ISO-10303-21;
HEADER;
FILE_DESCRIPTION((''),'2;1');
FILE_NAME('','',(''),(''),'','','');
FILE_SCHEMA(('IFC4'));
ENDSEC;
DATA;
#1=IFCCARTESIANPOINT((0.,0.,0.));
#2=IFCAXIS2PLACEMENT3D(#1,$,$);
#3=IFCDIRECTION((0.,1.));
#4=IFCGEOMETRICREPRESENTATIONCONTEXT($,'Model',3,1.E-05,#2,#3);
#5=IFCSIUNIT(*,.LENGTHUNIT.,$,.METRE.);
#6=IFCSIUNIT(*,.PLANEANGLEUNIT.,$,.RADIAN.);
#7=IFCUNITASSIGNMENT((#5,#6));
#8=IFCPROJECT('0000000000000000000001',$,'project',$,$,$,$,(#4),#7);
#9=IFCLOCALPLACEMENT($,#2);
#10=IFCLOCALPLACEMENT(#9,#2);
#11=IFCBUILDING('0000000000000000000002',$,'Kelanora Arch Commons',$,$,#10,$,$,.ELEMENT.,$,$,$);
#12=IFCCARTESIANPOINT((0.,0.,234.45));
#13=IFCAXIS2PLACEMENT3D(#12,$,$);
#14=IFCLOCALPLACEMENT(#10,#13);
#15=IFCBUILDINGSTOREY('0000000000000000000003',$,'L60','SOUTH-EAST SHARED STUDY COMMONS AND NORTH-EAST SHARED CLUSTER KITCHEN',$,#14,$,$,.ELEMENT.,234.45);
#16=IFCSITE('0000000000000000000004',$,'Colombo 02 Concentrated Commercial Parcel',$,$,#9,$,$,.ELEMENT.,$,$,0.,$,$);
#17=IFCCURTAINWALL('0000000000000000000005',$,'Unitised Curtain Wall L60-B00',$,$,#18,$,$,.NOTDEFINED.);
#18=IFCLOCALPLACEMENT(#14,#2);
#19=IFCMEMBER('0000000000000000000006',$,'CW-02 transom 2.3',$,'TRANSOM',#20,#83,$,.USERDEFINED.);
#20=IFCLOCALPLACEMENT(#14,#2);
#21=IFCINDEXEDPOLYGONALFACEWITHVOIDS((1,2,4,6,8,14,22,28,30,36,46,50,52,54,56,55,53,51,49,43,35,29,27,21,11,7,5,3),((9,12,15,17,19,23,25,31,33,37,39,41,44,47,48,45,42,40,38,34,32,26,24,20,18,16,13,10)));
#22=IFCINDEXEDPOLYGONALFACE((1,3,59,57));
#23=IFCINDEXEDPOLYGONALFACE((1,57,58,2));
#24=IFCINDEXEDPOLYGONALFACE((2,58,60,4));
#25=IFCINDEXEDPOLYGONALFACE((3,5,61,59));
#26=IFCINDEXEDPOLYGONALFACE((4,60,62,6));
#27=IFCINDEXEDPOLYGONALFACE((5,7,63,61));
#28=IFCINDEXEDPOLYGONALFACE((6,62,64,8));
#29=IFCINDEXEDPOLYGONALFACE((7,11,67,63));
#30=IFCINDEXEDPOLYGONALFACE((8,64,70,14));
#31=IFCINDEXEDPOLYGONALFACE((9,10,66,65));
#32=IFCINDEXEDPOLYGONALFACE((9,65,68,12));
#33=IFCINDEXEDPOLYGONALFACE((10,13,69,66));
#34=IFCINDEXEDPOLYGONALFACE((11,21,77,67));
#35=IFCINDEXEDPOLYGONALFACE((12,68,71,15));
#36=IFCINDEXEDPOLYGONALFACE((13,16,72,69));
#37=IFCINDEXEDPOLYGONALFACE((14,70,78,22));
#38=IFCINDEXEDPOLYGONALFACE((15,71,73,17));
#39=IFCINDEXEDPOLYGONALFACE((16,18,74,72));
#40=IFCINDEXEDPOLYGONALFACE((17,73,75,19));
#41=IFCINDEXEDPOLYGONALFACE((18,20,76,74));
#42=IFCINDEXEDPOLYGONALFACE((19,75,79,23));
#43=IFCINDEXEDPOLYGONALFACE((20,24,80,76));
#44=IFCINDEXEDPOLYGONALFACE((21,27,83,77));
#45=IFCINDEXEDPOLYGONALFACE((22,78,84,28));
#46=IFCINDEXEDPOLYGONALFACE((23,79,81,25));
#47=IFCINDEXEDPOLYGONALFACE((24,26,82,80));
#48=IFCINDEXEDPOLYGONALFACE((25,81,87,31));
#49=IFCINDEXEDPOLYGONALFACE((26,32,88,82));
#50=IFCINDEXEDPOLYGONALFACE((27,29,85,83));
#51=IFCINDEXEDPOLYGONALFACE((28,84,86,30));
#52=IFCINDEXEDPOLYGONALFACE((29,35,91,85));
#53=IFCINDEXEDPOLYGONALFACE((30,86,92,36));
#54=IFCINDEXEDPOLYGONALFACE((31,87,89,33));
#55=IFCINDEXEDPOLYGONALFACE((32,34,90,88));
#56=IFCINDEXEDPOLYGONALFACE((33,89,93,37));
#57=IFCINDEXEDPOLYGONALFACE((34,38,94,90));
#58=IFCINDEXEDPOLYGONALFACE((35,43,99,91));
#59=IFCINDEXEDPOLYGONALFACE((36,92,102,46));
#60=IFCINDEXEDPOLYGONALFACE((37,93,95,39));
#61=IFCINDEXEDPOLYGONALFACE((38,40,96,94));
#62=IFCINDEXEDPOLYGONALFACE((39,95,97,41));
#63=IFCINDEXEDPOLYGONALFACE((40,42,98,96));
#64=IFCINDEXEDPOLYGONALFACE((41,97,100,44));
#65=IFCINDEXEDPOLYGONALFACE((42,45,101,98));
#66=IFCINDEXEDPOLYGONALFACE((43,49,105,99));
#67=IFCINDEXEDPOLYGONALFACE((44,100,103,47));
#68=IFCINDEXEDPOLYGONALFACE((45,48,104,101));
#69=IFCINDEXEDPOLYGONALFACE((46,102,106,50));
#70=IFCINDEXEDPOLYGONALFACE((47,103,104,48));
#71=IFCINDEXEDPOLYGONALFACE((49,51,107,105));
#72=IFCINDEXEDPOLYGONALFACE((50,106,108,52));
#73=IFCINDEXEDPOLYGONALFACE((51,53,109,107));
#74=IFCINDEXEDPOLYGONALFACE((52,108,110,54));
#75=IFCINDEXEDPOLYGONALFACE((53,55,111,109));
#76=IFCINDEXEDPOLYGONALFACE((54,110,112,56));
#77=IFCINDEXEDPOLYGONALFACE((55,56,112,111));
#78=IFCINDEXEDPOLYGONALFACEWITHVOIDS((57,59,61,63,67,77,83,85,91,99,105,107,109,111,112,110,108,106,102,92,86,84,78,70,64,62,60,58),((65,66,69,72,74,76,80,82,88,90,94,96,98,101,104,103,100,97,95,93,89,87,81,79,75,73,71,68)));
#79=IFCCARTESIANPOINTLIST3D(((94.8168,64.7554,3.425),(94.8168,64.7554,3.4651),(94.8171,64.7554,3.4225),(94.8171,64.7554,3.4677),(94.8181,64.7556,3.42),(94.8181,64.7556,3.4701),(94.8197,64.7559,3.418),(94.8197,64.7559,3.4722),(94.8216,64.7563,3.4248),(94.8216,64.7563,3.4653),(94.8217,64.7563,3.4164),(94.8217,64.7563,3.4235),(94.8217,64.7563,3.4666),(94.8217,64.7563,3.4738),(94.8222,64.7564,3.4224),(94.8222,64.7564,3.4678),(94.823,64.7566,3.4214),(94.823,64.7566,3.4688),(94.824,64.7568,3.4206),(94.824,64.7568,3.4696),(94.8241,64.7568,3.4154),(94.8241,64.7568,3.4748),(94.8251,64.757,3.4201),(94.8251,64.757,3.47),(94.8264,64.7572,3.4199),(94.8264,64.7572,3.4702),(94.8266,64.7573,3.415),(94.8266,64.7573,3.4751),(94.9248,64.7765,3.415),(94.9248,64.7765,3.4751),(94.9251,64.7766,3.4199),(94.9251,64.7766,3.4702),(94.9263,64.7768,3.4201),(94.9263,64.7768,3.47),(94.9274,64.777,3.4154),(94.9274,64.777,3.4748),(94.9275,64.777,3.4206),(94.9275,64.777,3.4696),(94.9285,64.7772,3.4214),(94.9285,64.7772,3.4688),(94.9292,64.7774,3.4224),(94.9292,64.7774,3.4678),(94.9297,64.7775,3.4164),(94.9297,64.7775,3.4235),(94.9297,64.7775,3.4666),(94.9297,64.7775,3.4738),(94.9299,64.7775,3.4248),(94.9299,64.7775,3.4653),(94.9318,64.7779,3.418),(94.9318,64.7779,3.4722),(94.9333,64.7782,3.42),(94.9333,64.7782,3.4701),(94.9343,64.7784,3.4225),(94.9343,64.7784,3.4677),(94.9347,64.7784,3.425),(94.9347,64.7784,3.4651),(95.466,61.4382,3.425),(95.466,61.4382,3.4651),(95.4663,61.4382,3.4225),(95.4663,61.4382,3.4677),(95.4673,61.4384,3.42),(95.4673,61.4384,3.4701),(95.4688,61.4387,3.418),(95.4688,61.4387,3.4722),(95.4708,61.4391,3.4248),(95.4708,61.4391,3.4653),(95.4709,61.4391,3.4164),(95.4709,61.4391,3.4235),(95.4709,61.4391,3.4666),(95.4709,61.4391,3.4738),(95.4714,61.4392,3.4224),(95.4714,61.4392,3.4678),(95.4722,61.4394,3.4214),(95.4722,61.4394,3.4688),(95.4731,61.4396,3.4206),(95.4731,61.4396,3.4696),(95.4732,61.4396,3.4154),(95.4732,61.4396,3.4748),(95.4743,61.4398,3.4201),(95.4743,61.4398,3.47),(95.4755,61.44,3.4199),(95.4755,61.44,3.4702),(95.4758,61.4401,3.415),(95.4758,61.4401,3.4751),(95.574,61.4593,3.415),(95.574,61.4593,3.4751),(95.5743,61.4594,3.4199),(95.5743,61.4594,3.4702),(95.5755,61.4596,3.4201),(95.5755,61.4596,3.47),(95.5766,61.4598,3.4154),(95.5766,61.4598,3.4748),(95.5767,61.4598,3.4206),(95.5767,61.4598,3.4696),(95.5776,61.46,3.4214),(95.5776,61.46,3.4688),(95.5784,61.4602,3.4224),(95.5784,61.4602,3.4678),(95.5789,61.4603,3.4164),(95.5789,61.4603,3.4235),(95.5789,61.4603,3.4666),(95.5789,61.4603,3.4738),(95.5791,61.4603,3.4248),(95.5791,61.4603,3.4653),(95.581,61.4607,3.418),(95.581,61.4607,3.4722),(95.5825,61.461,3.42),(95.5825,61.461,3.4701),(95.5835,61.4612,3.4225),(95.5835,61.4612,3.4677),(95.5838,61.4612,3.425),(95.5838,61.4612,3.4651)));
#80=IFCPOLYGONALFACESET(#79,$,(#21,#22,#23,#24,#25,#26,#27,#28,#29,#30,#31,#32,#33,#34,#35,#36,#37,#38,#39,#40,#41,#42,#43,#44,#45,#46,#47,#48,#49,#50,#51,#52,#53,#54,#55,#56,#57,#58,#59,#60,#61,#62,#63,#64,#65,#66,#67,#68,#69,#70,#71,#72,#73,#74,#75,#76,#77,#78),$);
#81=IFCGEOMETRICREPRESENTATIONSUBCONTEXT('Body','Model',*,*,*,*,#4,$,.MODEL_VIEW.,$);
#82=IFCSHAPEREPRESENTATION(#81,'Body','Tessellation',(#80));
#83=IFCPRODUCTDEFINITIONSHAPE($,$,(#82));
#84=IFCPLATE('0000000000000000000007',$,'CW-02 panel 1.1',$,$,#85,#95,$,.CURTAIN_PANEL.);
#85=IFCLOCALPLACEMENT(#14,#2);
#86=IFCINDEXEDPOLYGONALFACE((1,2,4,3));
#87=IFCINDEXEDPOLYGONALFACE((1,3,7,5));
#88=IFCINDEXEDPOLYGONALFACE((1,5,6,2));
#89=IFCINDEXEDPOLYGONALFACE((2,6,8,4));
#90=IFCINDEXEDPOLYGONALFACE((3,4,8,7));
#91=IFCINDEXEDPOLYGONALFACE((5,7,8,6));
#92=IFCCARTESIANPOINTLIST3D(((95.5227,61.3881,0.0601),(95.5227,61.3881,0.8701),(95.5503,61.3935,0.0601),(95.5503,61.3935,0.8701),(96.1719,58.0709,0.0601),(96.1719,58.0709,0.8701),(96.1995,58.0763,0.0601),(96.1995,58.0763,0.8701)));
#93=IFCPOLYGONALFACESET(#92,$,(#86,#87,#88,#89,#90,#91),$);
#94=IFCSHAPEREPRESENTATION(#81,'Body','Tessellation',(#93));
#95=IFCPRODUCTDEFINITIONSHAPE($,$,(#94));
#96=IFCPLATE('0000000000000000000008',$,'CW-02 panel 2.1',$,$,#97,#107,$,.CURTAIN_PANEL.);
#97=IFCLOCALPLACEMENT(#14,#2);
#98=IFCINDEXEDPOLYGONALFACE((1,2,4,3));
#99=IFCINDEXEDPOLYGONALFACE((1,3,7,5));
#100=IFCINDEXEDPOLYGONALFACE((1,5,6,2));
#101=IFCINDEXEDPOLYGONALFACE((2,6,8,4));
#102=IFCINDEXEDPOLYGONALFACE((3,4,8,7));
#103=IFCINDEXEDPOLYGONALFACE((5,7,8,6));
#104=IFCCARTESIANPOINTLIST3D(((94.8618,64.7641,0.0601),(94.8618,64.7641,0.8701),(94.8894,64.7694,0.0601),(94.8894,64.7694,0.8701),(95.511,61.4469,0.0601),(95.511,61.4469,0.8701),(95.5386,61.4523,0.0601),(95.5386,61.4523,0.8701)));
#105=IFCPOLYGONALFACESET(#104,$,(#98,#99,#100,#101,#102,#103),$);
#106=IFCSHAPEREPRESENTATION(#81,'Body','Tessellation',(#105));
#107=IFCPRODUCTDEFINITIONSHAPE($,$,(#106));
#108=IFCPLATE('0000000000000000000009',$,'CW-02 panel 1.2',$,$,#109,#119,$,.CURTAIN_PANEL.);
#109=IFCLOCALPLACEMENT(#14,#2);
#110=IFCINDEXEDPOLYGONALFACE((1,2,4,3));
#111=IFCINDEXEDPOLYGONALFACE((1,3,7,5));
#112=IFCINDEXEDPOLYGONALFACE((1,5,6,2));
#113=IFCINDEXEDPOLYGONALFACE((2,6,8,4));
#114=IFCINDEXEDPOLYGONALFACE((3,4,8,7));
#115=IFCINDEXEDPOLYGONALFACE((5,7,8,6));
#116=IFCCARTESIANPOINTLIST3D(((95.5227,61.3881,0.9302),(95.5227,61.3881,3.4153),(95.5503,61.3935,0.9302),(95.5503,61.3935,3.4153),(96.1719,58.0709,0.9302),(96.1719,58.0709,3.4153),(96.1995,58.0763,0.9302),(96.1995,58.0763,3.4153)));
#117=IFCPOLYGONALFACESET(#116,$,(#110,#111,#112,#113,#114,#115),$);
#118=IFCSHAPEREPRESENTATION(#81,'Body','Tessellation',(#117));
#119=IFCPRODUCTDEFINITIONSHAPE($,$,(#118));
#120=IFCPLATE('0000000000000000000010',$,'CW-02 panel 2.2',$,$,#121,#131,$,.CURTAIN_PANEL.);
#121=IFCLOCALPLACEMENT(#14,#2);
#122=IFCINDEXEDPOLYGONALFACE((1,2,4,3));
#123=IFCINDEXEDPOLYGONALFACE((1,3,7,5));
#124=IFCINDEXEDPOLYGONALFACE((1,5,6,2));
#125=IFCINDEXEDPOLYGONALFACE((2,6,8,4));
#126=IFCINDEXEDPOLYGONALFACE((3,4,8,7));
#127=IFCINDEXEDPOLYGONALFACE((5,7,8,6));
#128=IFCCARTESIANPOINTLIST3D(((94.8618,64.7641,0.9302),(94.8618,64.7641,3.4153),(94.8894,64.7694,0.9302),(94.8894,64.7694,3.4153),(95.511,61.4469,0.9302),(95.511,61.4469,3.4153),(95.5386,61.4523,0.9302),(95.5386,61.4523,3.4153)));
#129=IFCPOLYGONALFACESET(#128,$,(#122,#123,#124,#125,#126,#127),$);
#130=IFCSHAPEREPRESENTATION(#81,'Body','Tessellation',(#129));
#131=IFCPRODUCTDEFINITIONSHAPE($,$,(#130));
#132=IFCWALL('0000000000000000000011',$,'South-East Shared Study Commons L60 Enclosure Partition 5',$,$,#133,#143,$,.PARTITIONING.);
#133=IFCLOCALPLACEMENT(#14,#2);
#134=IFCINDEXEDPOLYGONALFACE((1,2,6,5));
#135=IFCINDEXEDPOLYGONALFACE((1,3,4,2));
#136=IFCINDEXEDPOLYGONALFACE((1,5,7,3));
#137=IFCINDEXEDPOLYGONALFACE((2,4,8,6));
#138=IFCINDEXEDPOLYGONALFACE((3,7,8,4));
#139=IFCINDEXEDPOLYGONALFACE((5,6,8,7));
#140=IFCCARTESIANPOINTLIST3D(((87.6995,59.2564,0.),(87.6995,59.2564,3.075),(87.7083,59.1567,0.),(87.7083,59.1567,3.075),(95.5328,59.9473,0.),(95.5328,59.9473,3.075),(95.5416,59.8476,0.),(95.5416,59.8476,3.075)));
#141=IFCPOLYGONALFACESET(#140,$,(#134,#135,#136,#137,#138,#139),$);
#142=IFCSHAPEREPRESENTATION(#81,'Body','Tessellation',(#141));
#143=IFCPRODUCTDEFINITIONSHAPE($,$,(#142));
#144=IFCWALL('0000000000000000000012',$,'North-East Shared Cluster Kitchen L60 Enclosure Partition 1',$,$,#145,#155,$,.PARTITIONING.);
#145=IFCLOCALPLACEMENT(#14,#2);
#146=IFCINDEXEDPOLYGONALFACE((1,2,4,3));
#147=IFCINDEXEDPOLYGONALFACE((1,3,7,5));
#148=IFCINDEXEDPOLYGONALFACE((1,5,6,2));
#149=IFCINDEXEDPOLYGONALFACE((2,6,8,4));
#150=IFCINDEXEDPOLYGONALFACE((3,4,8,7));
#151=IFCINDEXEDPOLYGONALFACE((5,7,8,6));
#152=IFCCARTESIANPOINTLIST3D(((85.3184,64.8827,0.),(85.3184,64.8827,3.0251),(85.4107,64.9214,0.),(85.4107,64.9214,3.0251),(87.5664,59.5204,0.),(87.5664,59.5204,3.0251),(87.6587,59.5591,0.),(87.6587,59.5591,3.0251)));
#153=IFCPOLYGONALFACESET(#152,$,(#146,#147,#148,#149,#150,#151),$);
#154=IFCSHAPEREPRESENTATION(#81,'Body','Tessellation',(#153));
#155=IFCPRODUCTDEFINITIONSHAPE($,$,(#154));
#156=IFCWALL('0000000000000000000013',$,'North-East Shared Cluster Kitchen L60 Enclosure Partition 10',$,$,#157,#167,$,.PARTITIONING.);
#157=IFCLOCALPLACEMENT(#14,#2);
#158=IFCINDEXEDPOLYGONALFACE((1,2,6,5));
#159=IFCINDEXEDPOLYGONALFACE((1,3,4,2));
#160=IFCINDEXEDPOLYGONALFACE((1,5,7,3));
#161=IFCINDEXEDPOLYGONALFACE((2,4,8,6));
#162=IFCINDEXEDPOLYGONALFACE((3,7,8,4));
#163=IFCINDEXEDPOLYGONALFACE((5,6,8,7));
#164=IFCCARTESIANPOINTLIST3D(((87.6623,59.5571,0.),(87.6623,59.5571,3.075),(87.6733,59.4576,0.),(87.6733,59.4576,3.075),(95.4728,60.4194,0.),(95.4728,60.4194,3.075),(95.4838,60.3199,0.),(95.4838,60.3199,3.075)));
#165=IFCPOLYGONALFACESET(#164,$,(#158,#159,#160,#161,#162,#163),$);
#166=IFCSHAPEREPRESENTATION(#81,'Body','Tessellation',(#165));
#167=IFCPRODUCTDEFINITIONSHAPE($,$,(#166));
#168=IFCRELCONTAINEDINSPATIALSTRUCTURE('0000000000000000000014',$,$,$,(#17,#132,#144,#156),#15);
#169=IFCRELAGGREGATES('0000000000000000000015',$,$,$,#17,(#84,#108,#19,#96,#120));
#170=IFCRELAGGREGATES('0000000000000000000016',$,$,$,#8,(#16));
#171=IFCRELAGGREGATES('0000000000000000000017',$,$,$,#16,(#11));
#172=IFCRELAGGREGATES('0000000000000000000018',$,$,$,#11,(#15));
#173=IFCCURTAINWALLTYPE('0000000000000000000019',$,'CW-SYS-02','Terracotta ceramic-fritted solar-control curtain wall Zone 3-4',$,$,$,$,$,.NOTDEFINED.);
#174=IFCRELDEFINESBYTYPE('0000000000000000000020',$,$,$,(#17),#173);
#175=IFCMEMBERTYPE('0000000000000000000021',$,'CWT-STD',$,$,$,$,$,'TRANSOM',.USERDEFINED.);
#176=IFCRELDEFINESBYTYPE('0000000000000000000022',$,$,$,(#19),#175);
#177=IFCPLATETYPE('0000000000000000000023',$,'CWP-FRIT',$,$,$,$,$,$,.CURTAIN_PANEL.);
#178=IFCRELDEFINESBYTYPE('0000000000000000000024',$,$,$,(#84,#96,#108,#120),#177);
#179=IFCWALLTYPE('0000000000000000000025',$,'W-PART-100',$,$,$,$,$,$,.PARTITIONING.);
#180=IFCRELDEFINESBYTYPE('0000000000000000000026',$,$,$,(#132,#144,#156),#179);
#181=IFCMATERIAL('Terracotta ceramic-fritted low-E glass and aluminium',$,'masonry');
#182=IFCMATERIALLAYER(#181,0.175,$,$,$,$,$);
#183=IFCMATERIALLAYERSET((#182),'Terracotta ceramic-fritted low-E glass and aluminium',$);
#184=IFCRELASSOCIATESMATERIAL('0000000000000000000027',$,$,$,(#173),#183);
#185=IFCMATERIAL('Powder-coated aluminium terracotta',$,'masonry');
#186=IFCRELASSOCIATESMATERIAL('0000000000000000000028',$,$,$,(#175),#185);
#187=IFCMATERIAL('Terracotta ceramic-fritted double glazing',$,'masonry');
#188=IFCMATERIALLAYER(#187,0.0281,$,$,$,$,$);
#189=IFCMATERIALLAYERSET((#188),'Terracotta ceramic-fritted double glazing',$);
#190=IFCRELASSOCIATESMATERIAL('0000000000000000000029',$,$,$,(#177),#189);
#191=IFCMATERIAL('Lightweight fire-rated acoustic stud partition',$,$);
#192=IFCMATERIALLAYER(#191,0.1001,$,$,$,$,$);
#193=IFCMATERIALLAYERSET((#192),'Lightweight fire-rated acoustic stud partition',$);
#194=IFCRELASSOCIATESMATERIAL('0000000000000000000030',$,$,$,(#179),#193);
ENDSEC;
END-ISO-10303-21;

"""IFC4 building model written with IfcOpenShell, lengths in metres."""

from ifc_helpers import new_model, si_unit, direction, frame, frame_2d, origin, origin_2d, place, context, subcontext, project, spatial, rectangle, hollow_rectangle, extrude, source, transform, mapped, material, layer, layer_set, material_profile, profile_set, type_object, element, aggregate, save


model = new_model("IFC4")

# Units and contexts
model_context = context("Model", 3, precision=1e-05, world=origin(), true_north=direction((0.0, 1.0)))
body_context = subcontext(model_context, "Body", "Model", "MODEL_VIEW")
ifc_project = project(units=[si_unit("LENGTHUNIT", "METRE"), si_unit("PLANEANGLEUNIT", "RADIAN")], contexts=[model_context])

# Site, building, storey
site_placement = place(None, origin())
site = spatial("IfcSite", under=ifc_project, at=site_placement, Name="Colombo 02 Concentrated Commercial Parcel", CompositionType="ELEMENT", RefElevation=0.0)
building_placement = place(site_placement, origin())
building = spatial("IfcBuilding", under=site, at=building_placement, Name="Kelanora Arch Commons", CompositionType="ELEMENT")
storey_placement = place(building_placement, frame((0.0, 0.0, 234.45)))
storey = spatial("IfcBuildingStorey", under=building, at=storey_placement, Name="L60", Description="SOUTH-EAST SHARED STUDY COMMONS AND NORTH-EAST SHARED CLUSTER KITCHEN", CompositionType="ELEMENT", Elevation=234.45)

# Curtain wall, member, plates
ifc_material_1 = material(Name="Terracotta ceramic-fritted low-E glass and aluminium", Category="masonry")
ifc_layer_1 = layer(ifc_material_1, 0.175)
ifc_layer_set_1 = layer_set([ifc_layer_1], Name="Terracotta ceramic-fritted low-E glass and aluminium")
curtain_wall_type = type_object("IfcCurtainWallType", Name="CW-SYS-02", Description="Terracotta ceramic-fritted solar-control curtain wall Zone 3-4", PredefinedType="NOTDEFINED", material=ifc_layer_set_1)
curtain_wall_placement = place(storey_placement, origin())
curtain_wall = element("IfcCurtainWall", 1, at=curtain_wall_placement, inside=storey, type_object=curtain_wall_type, Name="Unitised Curtain Wall L60-B00", PredefinedType="NOTDEFINED")
ifc_material_2 = material(Name="Powder-coated aluminium terracotta", Category="masonry")
ifc_material_profile_1 = material_profile(ifc_material_2, hollow_rectangle(XDim=0.1201, YDim=0.0601, WallThickness=0.0049, InnerFilletRadius=0.0049, OuterFilletRadius=0.01, at=origin_2d()), Name="CWT120x60")
ifc_profile_set_1 = profile_set([ifc_material_profile_1], Name="Powder-coated aluminium terracotta")
member_type_1 = type_object("IfcMemberType", Name="CWT-STD", ElementType="TRANSOM", PredefinedType="USERDEFINED", material=ifc_profile_set_1)
member_1_placement = place(storey_placement, frame((95.5249, 61.4497, 3.4451), z_axis=(-0.192058, 0.981383, 0.0), x_axis=(-0.981383, -0.192058, 0.0)))
member_1 = element("IfcMember", 2, at=member_1_placement, type_object=member_type_1, Name="CW-02 transom 2.3", ObjectType="TRANSOM", PredefinedType="USERDEFINED", context=body_context, shape_type="SweptSolid", body=[
    extrude(hollow_rectangle(XDim=0.1201, YDim=0.0601, WallThickness=0.0049, InnerFilletRadius=0.0049, OuterFilletRadius=0.01, at=origin_2d()), origin(), (0.0, 0.0, 1.0), 3.3801),
])
ifc_material_3 = material(Name="Terracotta ceramic-fritted double glazing", Category="masonry")
ifc_layer_2 = layer(ifc_material_3, 0.0281)
ifc_layer_set_2 = layer_set([ifc_layer_2], Name="Terracotta ceramic-fritted double glazing")
plate_type = type_object("IfcPlateType", Name="CWP-FRIT", PredefinedType="CURTAIN_PANEL", material=ifc_layer_set_2)
shared_shape_1 = source(origin(), body_context, "Body", "SweptSolid", [
    extrude(rectangle(XDim=3.3801, YDim=0.0281, at=origin_2d()), origin(), (0.0, 0.0, 1.0), 0.8101),
])
plate_1_placement = place(storey_placement, frame((95.8611, 59.7322, 0.0601), z_axis=(0.0, 0.0, 1.0), x_axis=(-0.192069, 0.981381, 0.0)))
plate_1 = element("IfcPlate", 3, at=plate_1_placement, type_object=plate_type, Name="CW-02 panel 1.1", PredefinedType="CURTAIN_PANEL", context=body_context, shape_type="MappedRepresentation", body=[
    mapped(shared_shape_1, transform((0.0, 0.0, 0.0), scale=1.0)),
])
plate_2_placement = place(storey_placement, frame((95.2002, 63.1082, 0.0601), z_axis=(0.0, 0.0, 1.0), x_axis=(-0.192069, 0.981381, 0.0)))
plate_2 = element("IfcPlate", 4, at=plate_2_placement, type_object=plate_type, Name="CW-02 panel 2.1", PredefinedType="CURTAIN_PANEL", context=body_context, shape_type="MappedRepresentation", body=[
    mapped(shared_shape_1, transform((0.0, 0.0, 0.0), scale=1.0)),
])
shared_shape_2 = source(origin(), body_context, "Body", "SweptSolid", [
    extrude(rectangle(XDim=3.3801, YDim=0.0281, at=origin_2d()), origin(), (0.0, 0.0, 1.0), 2.4851),
])
plate_3_placement = place(storey_placement, frame((95.8611, 59.7322, 0.9302), z_axis=(0.0, 0.0, 1.0), x_axis=(-0.192069, 0.981381, 0.0)))
plate_3 = element("IfcPlate", 5, at=plate_3_placement, type_object=plate_type, Name="CW-02 panel 1.2", PredefinedType="CURTAIN_PANEL", context=body_context, shape_type="MappedRepresentation", body=[
    mapped(shared_shape_2, transform((0.0, 0.0, 0.0), scale=1.0)),
])
plate_4_placement = place(storey_placement, frame((95.2002, 63.1082, 0.9302), z_axis=(0.0, 0.0, 1.0), x_axis=(-0.192069, 0.981381, 0.0)))
plate_4 = element("IfcPlate", 6, at=plate_4_placement, type_object=plate_type, Name="CW-02 panel 2.2", PredefinedType="CURTAIN_PANEL", context=body_context, shape_type="MappedRepresentation", body=[
    mapped(shared_shape_2, transform((0.0, 0.0, 0.0), scale=1.0)),
])
aggregate(curtain_wall, [plate_1, plate_3, member_1, plate_2, plate_4])

# Walls
ifc_material_4 = material(Name="Lightweight fire-rated acoustic stud partition")
ifc_layer_3 = layer(ifc_material_4, 0.1001)
ifc_layer_set_3 = layer_set([ifc_layer_3], Name="Lightweight fire-rated acoustic stud partition")
wall_type = type_object("IfcWallType", Name="W-PART-100", PredefinedType="PARTITIONING", material=ifc_layer_set_3)
wall_1_placement = place(storey_placement, frame((87.7039, 59.2065, 0.0), z_axis=(0.0, 0.0, 1.0), x_axis=(0.996133, 0.087862, 0.0)))
element("IfcWall", 7, at=wall_1_placement, inside=storey, type_object=wall_type, Name="South-East Shared Study Commons L60 Enclosure Partition 5", PredefinedType="PARTITIONING", context=body_context, shape_type="SweptSolid", body=[
    extrude(rectangle(XDim=7.8638, YDim=0.1001, at=frame_2d((3.9319, 0.0))), origin(), (0.0, 0.0, 1.0), 3.075),
])
wall_2_placement = place(storey_placement, frame((87.6125, 59.5398, 0.0), z_axis=(0.0, 0.0, 1.0), x_axis=(-0.38663, 0.922235, 0.0)))
element("IfcWall", 8, at=wall_2_placement, inside=storey, type_object=wall_type, Name="North-East Shared Cluster Kitchen L60 Enclosure Partition 1", PredefinedType="PARTITIONING", context=body_context, shape_type="SweptSolid", body=[
    extrude(rectangle(XDim=5.8145, YDim=0.1001, at=frame_2d((2.9072, 0.0))), origin(), (0.0, 0.0, 1.0), 3.0251),
])
wall_3_placement = place(storey_placement, frame((95.4783, 60.3696, 0.0), z_axis=(0.0, 0.0, 1.0), x_axis=(-0.993961, -0.109736, 0.0)))
element("IfcWall", 9, at=wall_3_placement, inside=storey, type_object=wall_type, Name="North-East Shared Cluster Kitchen L60 Enclosure Partition 10", PredefinedType="PARTITIONING", context=body_context, shape_type="SweptSolid", body=[
    extrude(rectangle(XDim=7.8579, YDim=0.1001, at=frame_2d((3.929, 0.0))), origin(), (0.0, 0.0, 1.0), 3.075),
])

save(model, "model.ifc")
